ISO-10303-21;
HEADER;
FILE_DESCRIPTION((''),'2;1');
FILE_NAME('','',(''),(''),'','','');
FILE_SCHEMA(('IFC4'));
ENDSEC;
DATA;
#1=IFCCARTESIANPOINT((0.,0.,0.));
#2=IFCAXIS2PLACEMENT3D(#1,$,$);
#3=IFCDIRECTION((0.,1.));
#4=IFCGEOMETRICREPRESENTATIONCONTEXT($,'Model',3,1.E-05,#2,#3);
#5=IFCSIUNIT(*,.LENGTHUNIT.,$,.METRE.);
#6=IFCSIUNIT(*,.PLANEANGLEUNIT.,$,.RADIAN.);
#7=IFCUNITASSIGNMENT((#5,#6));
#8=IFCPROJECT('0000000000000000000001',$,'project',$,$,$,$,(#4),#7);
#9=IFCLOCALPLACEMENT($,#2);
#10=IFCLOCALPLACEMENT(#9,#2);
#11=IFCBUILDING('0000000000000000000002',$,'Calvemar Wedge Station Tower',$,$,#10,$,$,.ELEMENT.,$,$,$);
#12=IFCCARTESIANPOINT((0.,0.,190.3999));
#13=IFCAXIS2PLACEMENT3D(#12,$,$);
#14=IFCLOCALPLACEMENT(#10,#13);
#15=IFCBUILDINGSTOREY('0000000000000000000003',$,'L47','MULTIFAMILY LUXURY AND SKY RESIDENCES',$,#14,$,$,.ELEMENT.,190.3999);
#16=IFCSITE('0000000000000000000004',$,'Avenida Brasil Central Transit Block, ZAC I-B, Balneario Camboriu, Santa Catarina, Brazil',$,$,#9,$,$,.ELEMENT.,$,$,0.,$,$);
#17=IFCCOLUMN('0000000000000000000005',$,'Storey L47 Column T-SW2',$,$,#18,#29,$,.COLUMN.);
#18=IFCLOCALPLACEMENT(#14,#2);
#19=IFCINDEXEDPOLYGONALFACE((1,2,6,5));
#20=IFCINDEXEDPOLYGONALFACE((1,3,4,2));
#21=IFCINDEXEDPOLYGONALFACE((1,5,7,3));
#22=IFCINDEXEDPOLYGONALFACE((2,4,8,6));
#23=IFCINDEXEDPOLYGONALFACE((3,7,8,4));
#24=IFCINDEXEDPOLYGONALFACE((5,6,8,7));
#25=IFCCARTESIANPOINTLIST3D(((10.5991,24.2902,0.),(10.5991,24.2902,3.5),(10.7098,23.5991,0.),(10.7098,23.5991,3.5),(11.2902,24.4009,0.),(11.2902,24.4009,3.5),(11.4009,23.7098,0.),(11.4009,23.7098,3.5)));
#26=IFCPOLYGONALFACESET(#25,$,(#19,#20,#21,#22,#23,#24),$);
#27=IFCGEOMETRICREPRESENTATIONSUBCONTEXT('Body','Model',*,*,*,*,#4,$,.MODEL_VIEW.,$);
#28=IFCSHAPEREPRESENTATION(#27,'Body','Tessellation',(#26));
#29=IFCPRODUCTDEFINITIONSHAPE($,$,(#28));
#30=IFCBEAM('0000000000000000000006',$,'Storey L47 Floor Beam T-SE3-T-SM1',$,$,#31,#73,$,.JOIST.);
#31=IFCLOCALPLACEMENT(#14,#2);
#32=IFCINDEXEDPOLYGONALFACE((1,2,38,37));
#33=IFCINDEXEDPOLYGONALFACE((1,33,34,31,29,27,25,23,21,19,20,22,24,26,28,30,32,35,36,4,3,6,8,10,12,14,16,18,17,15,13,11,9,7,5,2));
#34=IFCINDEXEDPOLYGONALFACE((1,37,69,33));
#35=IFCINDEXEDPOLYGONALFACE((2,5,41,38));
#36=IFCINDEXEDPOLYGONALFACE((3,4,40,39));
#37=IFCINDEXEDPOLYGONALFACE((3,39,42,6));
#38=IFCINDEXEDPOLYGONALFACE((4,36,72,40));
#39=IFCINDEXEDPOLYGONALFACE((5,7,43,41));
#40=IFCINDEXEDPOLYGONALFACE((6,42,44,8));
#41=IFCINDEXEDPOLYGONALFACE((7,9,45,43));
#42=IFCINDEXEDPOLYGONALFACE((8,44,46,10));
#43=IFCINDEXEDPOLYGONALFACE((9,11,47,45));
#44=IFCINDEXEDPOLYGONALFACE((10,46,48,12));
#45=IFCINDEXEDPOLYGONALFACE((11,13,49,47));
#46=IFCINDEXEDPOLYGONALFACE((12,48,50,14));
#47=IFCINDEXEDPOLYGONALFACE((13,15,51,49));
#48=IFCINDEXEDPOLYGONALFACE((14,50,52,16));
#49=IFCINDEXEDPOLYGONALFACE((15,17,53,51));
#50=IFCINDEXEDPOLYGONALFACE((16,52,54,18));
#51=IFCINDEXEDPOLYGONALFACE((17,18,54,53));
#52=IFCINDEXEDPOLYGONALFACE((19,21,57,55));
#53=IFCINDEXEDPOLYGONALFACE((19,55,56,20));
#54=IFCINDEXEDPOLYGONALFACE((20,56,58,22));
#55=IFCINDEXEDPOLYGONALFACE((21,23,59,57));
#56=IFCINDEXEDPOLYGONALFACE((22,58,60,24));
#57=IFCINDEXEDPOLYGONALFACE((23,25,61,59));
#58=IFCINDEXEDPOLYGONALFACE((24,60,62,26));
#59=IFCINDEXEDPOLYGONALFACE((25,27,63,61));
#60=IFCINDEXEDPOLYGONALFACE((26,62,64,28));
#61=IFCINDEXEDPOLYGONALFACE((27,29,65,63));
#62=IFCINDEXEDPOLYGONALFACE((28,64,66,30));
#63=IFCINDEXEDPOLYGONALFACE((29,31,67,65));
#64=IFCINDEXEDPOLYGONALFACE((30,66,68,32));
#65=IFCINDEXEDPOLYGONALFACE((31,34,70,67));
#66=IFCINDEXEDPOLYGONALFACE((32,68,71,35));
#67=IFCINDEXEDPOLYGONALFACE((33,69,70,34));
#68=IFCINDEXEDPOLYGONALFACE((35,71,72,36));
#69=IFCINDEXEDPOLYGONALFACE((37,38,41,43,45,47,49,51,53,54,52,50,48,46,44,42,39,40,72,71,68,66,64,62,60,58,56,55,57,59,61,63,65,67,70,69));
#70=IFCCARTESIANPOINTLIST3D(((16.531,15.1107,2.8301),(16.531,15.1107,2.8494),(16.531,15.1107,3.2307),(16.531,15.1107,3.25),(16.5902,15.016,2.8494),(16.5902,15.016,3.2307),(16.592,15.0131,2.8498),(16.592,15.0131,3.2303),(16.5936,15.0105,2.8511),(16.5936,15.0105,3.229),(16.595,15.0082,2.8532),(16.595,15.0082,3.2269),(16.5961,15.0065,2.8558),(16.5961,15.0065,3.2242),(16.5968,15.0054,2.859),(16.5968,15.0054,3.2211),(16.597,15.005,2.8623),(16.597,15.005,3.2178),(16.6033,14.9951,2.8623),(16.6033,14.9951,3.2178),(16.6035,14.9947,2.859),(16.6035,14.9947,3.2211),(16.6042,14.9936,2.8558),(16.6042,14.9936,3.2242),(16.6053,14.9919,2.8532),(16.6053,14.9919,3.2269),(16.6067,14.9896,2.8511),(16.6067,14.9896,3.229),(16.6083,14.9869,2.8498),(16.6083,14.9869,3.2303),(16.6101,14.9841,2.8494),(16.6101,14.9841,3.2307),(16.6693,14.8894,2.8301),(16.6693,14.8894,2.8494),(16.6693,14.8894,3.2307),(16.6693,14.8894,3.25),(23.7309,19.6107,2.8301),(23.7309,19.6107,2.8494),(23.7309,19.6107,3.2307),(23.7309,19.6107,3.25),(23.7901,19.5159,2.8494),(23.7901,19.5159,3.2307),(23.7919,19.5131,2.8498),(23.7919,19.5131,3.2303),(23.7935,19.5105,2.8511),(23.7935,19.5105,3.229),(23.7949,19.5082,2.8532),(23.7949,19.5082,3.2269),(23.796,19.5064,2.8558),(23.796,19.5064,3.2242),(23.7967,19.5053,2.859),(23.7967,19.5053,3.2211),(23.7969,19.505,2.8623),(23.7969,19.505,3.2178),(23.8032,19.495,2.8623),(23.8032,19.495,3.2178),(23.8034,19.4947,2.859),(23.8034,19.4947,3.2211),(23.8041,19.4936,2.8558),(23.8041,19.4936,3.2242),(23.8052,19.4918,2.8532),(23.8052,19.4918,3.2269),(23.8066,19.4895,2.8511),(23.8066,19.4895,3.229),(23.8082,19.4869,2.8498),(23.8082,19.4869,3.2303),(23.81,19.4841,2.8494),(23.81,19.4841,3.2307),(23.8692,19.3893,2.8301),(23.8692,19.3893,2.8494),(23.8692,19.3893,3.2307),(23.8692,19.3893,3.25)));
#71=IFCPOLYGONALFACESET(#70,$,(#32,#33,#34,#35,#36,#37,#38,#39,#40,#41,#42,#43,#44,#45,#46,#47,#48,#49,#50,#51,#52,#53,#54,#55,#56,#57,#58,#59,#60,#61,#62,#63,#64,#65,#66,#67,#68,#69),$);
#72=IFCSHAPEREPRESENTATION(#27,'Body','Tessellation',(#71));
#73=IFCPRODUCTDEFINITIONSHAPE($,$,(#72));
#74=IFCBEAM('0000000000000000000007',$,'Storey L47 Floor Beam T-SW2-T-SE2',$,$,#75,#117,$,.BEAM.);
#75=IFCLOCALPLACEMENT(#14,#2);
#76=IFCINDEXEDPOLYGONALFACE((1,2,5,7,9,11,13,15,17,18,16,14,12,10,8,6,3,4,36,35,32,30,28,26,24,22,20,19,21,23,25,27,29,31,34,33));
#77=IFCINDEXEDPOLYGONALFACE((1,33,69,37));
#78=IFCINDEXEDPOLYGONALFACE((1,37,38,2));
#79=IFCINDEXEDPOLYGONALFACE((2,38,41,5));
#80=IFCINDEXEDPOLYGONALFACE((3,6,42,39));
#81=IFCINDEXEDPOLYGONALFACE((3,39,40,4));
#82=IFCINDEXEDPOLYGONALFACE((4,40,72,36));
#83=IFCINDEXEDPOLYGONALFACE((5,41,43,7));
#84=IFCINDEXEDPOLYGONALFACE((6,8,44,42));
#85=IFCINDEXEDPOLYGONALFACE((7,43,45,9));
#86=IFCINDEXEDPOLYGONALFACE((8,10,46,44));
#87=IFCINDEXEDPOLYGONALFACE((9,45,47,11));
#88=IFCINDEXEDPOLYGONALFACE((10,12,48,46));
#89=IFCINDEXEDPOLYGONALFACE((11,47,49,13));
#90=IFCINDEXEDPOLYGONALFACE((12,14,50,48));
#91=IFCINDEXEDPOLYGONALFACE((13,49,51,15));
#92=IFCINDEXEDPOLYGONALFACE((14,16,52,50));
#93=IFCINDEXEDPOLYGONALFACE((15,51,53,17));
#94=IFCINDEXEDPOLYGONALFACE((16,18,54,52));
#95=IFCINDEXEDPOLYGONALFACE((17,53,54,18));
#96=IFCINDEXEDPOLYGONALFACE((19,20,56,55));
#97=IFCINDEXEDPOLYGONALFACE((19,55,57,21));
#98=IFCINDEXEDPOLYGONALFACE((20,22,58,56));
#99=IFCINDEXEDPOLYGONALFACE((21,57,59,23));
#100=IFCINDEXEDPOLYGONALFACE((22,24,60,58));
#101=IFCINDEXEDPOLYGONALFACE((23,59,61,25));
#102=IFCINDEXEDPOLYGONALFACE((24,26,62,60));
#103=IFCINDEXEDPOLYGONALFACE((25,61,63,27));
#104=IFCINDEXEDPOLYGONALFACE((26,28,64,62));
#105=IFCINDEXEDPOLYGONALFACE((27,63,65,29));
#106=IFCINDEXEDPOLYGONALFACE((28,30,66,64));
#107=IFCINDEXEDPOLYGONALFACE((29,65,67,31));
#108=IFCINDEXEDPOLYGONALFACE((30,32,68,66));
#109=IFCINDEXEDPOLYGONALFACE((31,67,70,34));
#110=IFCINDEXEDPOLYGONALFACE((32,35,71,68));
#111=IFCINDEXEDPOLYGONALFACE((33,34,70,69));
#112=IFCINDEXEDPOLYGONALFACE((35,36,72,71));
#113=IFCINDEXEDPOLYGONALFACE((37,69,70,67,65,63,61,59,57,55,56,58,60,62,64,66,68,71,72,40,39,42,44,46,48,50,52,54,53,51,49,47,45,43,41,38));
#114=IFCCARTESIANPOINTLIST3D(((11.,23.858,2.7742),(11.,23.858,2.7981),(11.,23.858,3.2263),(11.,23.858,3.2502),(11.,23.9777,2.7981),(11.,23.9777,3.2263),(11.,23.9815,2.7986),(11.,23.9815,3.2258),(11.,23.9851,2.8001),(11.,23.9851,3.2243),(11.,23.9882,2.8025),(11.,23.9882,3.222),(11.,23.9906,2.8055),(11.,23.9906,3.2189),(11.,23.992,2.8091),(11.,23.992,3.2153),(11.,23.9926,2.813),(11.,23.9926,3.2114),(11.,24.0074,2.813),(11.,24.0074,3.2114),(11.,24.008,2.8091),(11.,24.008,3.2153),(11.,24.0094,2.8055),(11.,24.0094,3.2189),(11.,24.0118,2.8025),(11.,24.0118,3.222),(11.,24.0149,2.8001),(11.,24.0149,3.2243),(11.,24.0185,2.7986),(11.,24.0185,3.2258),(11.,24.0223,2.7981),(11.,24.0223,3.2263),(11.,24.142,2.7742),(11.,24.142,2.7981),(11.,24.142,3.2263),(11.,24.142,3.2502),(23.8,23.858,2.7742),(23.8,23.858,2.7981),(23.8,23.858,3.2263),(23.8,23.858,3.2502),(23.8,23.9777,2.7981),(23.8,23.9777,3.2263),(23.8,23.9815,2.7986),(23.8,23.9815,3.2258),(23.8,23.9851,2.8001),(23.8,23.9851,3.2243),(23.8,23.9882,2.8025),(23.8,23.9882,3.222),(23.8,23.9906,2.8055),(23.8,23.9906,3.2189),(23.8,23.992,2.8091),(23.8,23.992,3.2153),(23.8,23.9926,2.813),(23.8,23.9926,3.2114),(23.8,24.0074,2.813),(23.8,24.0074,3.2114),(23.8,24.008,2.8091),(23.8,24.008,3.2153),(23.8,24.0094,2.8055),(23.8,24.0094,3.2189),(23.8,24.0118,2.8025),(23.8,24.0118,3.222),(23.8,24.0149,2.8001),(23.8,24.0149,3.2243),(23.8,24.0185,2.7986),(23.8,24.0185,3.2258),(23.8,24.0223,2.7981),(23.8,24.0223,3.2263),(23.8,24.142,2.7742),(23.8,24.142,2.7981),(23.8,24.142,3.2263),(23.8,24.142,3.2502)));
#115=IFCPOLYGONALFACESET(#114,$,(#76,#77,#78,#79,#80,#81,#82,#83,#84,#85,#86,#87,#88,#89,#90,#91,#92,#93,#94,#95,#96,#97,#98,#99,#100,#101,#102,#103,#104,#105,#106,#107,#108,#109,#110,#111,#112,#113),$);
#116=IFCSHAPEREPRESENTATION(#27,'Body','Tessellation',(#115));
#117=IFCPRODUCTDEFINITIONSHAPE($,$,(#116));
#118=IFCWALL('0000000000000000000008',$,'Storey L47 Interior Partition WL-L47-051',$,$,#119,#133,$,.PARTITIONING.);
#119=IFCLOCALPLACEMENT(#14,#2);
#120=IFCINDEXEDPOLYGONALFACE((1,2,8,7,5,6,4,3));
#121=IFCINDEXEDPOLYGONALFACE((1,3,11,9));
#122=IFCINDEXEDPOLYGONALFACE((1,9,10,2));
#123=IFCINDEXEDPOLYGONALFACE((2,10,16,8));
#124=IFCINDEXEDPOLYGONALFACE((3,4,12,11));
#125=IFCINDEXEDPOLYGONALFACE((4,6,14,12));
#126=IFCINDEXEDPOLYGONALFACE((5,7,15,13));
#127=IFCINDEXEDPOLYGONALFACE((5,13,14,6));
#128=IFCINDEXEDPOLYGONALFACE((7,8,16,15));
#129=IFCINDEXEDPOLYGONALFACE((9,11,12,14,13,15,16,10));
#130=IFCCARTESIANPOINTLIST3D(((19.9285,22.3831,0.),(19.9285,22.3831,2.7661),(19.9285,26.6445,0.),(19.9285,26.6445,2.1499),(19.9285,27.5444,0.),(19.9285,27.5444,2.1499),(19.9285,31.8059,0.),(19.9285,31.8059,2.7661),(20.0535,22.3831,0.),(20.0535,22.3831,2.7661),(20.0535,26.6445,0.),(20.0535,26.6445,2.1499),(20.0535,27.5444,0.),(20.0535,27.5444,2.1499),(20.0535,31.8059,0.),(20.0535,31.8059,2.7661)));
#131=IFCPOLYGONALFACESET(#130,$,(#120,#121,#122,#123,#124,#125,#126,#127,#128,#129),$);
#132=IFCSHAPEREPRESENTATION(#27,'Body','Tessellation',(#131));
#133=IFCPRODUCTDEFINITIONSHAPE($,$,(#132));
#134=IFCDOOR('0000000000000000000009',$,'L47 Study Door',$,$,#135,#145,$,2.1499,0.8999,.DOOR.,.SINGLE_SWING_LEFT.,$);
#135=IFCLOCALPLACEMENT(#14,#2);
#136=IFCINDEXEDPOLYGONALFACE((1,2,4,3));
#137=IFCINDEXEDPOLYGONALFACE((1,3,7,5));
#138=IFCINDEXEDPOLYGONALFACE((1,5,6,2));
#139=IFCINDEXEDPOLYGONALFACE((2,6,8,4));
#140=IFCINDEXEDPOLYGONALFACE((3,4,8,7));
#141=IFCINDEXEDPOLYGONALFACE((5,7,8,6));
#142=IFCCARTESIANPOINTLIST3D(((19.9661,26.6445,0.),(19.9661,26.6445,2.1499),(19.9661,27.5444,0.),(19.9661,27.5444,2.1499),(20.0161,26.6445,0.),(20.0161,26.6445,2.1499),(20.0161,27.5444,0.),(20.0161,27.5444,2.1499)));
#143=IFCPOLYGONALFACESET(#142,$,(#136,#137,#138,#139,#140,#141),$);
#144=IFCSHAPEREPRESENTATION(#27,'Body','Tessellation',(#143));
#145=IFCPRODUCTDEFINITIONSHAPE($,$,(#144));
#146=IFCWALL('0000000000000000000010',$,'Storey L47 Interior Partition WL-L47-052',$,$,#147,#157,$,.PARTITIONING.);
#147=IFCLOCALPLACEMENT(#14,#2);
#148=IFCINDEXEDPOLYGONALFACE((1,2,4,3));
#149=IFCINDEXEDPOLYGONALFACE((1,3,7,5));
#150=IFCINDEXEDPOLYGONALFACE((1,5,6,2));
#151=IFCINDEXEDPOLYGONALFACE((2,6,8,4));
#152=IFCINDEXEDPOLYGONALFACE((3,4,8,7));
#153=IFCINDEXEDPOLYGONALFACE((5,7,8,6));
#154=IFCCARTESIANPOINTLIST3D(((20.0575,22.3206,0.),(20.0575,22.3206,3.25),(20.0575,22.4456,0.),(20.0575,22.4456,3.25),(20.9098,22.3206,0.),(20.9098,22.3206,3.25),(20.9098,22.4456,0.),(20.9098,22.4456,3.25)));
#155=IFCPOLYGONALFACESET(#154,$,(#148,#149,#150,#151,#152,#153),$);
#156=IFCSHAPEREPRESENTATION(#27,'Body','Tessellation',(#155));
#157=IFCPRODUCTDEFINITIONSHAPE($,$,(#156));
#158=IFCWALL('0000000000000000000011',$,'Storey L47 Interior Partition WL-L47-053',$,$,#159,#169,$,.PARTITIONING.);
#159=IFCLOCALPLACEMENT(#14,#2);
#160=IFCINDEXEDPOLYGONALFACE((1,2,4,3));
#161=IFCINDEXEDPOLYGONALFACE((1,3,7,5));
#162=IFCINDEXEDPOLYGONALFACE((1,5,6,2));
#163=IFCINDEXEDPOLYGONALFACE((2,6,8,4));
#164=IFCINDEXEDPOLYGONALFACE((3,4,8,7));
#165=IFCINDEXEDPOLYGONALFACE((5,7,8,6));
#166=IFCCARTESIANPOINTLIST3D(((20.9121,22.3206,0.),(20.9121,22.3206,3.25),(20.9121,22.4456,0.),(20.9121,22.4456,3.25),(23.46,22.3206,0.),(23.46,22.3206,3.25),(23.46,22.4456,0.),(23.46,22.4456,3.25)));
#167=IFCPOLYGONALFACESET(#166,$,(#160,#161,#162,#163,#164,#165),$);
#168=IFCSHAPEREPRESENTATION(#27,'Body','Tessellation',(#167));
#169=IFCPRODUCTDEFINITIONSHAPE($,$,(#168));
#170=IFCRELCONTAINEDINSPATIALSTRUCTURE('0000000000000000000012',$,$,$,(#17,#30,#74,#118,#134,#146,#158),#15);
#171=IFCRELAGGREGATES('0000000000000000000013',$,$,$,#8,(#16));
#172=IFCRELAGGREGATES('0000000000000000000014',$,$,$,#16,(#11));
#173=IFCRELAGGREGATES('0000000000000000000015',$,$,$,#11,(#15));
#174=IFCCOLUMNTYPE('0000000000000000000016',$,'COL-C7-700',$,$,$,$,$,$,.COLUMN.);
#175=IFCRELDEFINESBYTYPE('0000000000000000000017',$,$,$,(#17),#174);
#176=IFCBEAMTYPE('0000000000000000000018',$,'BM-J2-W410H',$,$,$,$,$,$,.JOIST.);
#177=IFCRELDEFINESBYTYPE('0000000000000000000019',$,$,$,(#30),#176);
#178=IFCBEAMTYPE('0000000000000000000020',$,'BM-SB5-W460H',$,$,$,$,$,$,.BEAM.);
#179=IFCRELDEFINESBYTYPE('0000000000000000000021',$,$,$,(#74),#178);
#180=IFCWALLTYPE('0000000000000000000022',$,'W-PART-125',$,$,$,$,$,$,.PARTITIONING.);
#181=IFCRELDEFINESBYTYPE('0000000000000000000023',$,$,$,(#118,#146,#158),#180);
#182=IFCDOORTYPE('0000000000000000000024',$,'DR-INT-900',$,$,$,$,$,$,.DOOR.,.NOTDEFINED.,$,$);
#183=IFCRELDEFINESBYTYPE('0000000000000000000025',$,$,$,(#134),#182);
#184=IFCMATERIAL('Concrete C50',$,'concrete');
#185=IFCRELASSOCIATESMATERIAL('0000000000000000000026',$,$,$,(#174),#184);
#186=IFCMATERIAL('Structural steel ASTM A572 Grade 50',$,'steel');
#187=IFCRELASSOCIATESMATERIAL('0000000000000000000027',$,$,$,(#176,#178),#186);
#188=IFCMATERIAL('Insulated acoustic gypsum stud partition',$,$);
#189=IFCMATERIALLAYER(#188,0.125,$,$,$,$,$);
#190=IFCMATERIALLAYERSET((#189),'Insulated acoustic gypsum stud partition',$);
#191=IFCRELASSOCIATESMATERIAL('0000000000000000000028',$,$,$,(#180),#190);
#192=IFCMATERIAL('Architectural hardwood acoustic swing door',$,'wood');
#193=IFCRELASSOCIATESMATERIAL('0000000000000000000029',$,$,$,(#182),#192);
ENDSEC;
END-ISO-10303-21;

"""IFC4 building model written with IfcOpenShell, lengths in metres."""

from ifc_helpers import new_model, si_unit, direction, frame, frame_2d, origin, origin_2d, place, context, subcontext, project, spatial, rectangle, i_section, extrude, source, transform, mapped, material, layer, layer_set, material_profile, profile_set, type_object, element, fill, save


model = new_model("IFC4")

# Units and contexts
model_context = context("Model", 3, precision=1e-05, world=origin(), true_north=direction((0.0, 1.0)))
body_context = subcontext(model_context, "Body", "Model", "MODEL_VIEW")
ifc_project = project(units=[si_unit("LENGTHUNIT", "METRE"), si_unit("PLANEANGLEUNIT", "RADIAN")], contexts=[model_context])

# Site, building, storey
site_placement = place(None, origin())
site = spatial("IfcSite", under=ifc_project, at=site_placement, Name="Avenida Brasil Central Transit Block, ZAC I-B, Balneario Camboriu, Santa Catarina, Brazil", CompositionType="ELEMENT", RefElevation=0.0)
building_placement = place(site_placement, origin())
building = spatial("IfcBuilding", under=site, at=building_placement, Name="Calvemar Wedge Station Tower", CompositionType="ELEMENT")
storey_placement = place(building_placement, frame((0.0, 0.0, 190.3999)))
storey = spatial("IfcBuildingStorey", under=building, at=storey_placement, Name="L47", Description="MULTIFAMILY LUXURY AND SKY RESIDENCES", CompositionType="ELEMENT", Elevation=190.3999)

# Column
ifc_material_1 = material(Name="Concrete C50", Category="concrete")
ifc_material_profile_1 = material_profile(ifc_material_1, rectangle(XDim=0.7, YDim=0.7, at=origin_2d()), Name="RC700x700")
ifc_profile_set_1 = profile_set([ifc_material_profile_1], Name="Concrete C50")
column_type = type_object("IfcColumnType", Name="COL-C7-700", PredefinedType="COLUMN", material=ifc_profile_set_1)
shared_shape_1 = source(origin(), body_context, "Body", "SweptSolid", [
    extrude(rectangle(XDim=0.7, YDim=0.7, at=origin_2d()), origin(), (0.0, 0.0, 1.0), 3.5),
])
column_placement = place(storey_placement, frame((11.0, 24.0, 0.0), z_axis=(0.0, 0.0, 1.0), x_axis=(0.158158, -0.987414, 0.0)))
element("IfcColumn", 1, at=column_placement, inside=storey, type_object=column_type, Name="Storey L47 Column T-SW2", PredefinedType="COLUMN", context=body_context, shape_type="MappedRepresentation", body=[
    mapped(shared_shape_1, transform((0.0, 0.0, 0.0), scale=1.0)),
])

# Beams
ifc_material_2 = material(Name="Structural steel ASTM A572 Grade 50", Category="steel")
ifc_material_profile_2 = material_profile(ifc_material_2, i_section(OverallWidth=0.261, OverallDepth=0.4199, WebThickness=0.0117, FlangeThickness=0.0193, FilletRadius=0.0129, at=origin_2d()), Name="W410x114")
ifc_profile_set_2 = profile_set([ifc_material_profile_2], Name="Structural steel ASTM A572 Grade 50")
beam_type_1 = type_object("IfcBeamType", Name="BM-J2-W410H", PredefinedType="JOIST", material=ifc_profile_set_2)
shared_shape_2 = source(origin(), body_context, "Body", "SweptSolid", [
    extrude(i_section(OverallWidth=0.261, OverallDepth=0.4199, WebThickness=0.0117, FlangeThickness=0.0193, FilletRadius=0.0129, at=origin_2d()), origin(), (0.0, 0.0, 1.0), 8.4905),
])
beam_1_placement = place(storey_placement, frame((23.8, 19.5, 3.04), z_axis=(-0.847997, -0.530002, 0.0), x_axis=(0.530002, -0.847997, 0.0)))
element("IfcBeam", 2, at=beam_1_placement, inside=storey, type_object=beam_type_1, Name="Storey L47 Floor Beam T-SE3-T-SM1", PredefinedType="JOIST", context=body_context, shape_type="MappedRepresentation", body=[
    mapped(shared_shape_2, transform((0.0, 0.0, 0.0), scale=1.0)),
])
ifc_material_profile_3 = material_profile(ifc_material_2, i_section(OverallWidth=0.2839, OverallDepth=0.4761, WebThickness=0.0149, FlangeThickness=0.0239, FilletRadius=0.0149, at=origin_2d()), Name="W460x158")
ifc_profile_set_3 = profile_set([ifc_material_profile_3], Name="Structural steel ASTM A572 Grade 50")
beam_type_2 = type_object("IfcBeamType", Name="BM-SB5-W460H", PredefinedType="BEAM", material=ifc_profile_set_3)
shared_shape_3 = source(origin(), body_context, "Body", "SweptSolid", [
    extrude(i_section(OverallWidth=0.2839, OverallDepth=0.4761, WebThickness=0.0149, FlangeThickness=0.0239, FilletRadius=0.0149, at=origin_2d()), origin(), (0.0, 0.0, 1.0), 12.8),
])
beam_2_placement = place(storey_placement, frame((11.0, 24.0, 3.0122), z_axis=(1.0, 0.0, 0.0), x_axis=(0.0, 1.0, 0.0)))
element("IfcBeam", 3, at=beam_2_placement, inside=storey, type_object=beam_type_2, Name="Storey L47 Floor Beam T-SW2-T-SE2", PredefinedType="BEAM", context=body_context, shape_type="MappedRepresentation", body=[
    mapped(shared_shape_3, transform((0.0, 0.0, 0.0), scale=1.0)),
])

# Wall, opening, door
ifc_material_3 = material(Name="Insulated acoustic gypsum stud partition")
ifc_layer_1 = layer(ifc_material_3, 0.125)
ifc_layer_set_1 = layer_set([ifc_layer_1], Name="Insulated acoustic gypsum stud partition")
wall_type_1 = type_object("IfcWallType", Name="W-PART-125", PredefinedType="PARTITIONING", material=ifc_layer_set_1)
wall_1_placement = place(storey_placement, frame((19.991, 22.3831, 0.0), z_axis=(0.0, 0.0, 1.0), x_axis=(0.0, 1.0, 0.0)))
wall_1 = element("IfcWall", 4, at=wall_1_placement, inside=storey, type_object=wall_type_1, Name="Storey L47 Interior Partition WL-L47-051", PredefinedType="PARTITIONING", context=body_context, shape_type="SweptSolid", body=[
    extrude(rectangle(XDim=9.4229, YDim=0.125, at=frame_2d((4.7114, 0.0))), origin(), (0.0, 0.0, 1.0), 2.7661),
])
shared_shape_4 = source(origin(), body_context, "Body", "SweptSolid", [
    extrude(rectangle(XDim=0.8999, YDim=2.1499, at=frame_2d((0.45, 1.075))), frame((0.0, 0.0725, 0.0), z_axis=(0.0, -1.0, 0.0), x_axis=(1.0, 0.0, 0.0)), (0.0, 0.0, 1.0), 0.145),
])
opening_1_placement = place(wall_1_placement, frame((4.2615, 0.0, 0.0)))
opening_1 = element("IfcOpeningElement", 5, at=opening_1_placement, cuts=wall_1, PredefinedType="OPENING", context=body_context, shape_type="MappedRepresentation", body=[
    mapped(shared_shape_4, transform((0.0, 0.0, 0.0), scale=1.0)),
])
ifc_material_4 = material(Name="Architectural hardwood acoustic swing door", Category="wood")
door_type_1 = type_object("IfcDoorType", Name="DR-INT-900", OperationType="NOTDEFINED", PredefinedType="DOOR", material=ifc_material_4)
shared_shape_5 = source(origin(), body_context, "Body", "SweptSolid", [
    extrude(rectangle(XDim=0.8999, YDim=2.1499, at=frame_2d((0.45, 1.075))), frame((0.0, 0.0249, 0.0), z_axis=(0.0, -1.0, 0.0), x_axis=(1.0, 0.0, 0.0)), (0.0, 0.0, 1.0), 0.05),
])
door_1_placement = place(opening_1_placement, origin())
door_1 = element("IfcDoor", 6, at=door_1_placement, inside=storey, type_object=door_type_1, Name="L47 Study Door", OperationType="SINGLE_SWING_LEFT", OverallHeight=2.1499, OverallWidth=0.8999, PredefinedType="DOOR", context=body_context, shape_type="MappedRepresentation", body=[
    mapped(shared_shape_5, transform((0.0, 0.0, 0.0), scale=1.0)),
])
fill(opening_1, door_1)

# Walls
wall_2_placement = place(storey_placement, frame((20.9099, 22.3831, 0.0), z_axis=(0.0, 0.0, 1.0), x_axis=(-1.0, 0.0, 0.0)))
element("IfcWall", 7, at=wall_2_placement, inside=storey, type_object=wall_type_1, Name="Storey L47 Interior Partition WL-L47-052", PredefinedType="PARTITIONING", context=body_context, shape_type="SweptSolid", body=[
    extrude(rectangle(XDim=0.8523, YDim=0.125, at=frame_2d((0.4263, 0.0))), origin(), (0.0, 0.0, 1.0), 3.25),
])
wall_3_placement = place(storey_placement, frame((23.46, 22.3831, 0.0), z_axis=(0.0, 0.0, 1.0), x_axis=(-1.0, 0.0, 0.0)))
element("IfcWall", 8, at=wall_3_placement, inside=storey, type_object=wall_type_1, Name="Storey L47 Interior Partition WL-L47-053", PredefinedType="PARTITIONING", context=body_context, shape_type="SweptSolid", body=[
    extrude(rectangle(XDim=2.5479, YDim=0.125, at=frame_2d((1.2739, 0.0))), origin(), (0.0, 0.0, 1.0), 3.25),
])

save(model, "model.ifc")
